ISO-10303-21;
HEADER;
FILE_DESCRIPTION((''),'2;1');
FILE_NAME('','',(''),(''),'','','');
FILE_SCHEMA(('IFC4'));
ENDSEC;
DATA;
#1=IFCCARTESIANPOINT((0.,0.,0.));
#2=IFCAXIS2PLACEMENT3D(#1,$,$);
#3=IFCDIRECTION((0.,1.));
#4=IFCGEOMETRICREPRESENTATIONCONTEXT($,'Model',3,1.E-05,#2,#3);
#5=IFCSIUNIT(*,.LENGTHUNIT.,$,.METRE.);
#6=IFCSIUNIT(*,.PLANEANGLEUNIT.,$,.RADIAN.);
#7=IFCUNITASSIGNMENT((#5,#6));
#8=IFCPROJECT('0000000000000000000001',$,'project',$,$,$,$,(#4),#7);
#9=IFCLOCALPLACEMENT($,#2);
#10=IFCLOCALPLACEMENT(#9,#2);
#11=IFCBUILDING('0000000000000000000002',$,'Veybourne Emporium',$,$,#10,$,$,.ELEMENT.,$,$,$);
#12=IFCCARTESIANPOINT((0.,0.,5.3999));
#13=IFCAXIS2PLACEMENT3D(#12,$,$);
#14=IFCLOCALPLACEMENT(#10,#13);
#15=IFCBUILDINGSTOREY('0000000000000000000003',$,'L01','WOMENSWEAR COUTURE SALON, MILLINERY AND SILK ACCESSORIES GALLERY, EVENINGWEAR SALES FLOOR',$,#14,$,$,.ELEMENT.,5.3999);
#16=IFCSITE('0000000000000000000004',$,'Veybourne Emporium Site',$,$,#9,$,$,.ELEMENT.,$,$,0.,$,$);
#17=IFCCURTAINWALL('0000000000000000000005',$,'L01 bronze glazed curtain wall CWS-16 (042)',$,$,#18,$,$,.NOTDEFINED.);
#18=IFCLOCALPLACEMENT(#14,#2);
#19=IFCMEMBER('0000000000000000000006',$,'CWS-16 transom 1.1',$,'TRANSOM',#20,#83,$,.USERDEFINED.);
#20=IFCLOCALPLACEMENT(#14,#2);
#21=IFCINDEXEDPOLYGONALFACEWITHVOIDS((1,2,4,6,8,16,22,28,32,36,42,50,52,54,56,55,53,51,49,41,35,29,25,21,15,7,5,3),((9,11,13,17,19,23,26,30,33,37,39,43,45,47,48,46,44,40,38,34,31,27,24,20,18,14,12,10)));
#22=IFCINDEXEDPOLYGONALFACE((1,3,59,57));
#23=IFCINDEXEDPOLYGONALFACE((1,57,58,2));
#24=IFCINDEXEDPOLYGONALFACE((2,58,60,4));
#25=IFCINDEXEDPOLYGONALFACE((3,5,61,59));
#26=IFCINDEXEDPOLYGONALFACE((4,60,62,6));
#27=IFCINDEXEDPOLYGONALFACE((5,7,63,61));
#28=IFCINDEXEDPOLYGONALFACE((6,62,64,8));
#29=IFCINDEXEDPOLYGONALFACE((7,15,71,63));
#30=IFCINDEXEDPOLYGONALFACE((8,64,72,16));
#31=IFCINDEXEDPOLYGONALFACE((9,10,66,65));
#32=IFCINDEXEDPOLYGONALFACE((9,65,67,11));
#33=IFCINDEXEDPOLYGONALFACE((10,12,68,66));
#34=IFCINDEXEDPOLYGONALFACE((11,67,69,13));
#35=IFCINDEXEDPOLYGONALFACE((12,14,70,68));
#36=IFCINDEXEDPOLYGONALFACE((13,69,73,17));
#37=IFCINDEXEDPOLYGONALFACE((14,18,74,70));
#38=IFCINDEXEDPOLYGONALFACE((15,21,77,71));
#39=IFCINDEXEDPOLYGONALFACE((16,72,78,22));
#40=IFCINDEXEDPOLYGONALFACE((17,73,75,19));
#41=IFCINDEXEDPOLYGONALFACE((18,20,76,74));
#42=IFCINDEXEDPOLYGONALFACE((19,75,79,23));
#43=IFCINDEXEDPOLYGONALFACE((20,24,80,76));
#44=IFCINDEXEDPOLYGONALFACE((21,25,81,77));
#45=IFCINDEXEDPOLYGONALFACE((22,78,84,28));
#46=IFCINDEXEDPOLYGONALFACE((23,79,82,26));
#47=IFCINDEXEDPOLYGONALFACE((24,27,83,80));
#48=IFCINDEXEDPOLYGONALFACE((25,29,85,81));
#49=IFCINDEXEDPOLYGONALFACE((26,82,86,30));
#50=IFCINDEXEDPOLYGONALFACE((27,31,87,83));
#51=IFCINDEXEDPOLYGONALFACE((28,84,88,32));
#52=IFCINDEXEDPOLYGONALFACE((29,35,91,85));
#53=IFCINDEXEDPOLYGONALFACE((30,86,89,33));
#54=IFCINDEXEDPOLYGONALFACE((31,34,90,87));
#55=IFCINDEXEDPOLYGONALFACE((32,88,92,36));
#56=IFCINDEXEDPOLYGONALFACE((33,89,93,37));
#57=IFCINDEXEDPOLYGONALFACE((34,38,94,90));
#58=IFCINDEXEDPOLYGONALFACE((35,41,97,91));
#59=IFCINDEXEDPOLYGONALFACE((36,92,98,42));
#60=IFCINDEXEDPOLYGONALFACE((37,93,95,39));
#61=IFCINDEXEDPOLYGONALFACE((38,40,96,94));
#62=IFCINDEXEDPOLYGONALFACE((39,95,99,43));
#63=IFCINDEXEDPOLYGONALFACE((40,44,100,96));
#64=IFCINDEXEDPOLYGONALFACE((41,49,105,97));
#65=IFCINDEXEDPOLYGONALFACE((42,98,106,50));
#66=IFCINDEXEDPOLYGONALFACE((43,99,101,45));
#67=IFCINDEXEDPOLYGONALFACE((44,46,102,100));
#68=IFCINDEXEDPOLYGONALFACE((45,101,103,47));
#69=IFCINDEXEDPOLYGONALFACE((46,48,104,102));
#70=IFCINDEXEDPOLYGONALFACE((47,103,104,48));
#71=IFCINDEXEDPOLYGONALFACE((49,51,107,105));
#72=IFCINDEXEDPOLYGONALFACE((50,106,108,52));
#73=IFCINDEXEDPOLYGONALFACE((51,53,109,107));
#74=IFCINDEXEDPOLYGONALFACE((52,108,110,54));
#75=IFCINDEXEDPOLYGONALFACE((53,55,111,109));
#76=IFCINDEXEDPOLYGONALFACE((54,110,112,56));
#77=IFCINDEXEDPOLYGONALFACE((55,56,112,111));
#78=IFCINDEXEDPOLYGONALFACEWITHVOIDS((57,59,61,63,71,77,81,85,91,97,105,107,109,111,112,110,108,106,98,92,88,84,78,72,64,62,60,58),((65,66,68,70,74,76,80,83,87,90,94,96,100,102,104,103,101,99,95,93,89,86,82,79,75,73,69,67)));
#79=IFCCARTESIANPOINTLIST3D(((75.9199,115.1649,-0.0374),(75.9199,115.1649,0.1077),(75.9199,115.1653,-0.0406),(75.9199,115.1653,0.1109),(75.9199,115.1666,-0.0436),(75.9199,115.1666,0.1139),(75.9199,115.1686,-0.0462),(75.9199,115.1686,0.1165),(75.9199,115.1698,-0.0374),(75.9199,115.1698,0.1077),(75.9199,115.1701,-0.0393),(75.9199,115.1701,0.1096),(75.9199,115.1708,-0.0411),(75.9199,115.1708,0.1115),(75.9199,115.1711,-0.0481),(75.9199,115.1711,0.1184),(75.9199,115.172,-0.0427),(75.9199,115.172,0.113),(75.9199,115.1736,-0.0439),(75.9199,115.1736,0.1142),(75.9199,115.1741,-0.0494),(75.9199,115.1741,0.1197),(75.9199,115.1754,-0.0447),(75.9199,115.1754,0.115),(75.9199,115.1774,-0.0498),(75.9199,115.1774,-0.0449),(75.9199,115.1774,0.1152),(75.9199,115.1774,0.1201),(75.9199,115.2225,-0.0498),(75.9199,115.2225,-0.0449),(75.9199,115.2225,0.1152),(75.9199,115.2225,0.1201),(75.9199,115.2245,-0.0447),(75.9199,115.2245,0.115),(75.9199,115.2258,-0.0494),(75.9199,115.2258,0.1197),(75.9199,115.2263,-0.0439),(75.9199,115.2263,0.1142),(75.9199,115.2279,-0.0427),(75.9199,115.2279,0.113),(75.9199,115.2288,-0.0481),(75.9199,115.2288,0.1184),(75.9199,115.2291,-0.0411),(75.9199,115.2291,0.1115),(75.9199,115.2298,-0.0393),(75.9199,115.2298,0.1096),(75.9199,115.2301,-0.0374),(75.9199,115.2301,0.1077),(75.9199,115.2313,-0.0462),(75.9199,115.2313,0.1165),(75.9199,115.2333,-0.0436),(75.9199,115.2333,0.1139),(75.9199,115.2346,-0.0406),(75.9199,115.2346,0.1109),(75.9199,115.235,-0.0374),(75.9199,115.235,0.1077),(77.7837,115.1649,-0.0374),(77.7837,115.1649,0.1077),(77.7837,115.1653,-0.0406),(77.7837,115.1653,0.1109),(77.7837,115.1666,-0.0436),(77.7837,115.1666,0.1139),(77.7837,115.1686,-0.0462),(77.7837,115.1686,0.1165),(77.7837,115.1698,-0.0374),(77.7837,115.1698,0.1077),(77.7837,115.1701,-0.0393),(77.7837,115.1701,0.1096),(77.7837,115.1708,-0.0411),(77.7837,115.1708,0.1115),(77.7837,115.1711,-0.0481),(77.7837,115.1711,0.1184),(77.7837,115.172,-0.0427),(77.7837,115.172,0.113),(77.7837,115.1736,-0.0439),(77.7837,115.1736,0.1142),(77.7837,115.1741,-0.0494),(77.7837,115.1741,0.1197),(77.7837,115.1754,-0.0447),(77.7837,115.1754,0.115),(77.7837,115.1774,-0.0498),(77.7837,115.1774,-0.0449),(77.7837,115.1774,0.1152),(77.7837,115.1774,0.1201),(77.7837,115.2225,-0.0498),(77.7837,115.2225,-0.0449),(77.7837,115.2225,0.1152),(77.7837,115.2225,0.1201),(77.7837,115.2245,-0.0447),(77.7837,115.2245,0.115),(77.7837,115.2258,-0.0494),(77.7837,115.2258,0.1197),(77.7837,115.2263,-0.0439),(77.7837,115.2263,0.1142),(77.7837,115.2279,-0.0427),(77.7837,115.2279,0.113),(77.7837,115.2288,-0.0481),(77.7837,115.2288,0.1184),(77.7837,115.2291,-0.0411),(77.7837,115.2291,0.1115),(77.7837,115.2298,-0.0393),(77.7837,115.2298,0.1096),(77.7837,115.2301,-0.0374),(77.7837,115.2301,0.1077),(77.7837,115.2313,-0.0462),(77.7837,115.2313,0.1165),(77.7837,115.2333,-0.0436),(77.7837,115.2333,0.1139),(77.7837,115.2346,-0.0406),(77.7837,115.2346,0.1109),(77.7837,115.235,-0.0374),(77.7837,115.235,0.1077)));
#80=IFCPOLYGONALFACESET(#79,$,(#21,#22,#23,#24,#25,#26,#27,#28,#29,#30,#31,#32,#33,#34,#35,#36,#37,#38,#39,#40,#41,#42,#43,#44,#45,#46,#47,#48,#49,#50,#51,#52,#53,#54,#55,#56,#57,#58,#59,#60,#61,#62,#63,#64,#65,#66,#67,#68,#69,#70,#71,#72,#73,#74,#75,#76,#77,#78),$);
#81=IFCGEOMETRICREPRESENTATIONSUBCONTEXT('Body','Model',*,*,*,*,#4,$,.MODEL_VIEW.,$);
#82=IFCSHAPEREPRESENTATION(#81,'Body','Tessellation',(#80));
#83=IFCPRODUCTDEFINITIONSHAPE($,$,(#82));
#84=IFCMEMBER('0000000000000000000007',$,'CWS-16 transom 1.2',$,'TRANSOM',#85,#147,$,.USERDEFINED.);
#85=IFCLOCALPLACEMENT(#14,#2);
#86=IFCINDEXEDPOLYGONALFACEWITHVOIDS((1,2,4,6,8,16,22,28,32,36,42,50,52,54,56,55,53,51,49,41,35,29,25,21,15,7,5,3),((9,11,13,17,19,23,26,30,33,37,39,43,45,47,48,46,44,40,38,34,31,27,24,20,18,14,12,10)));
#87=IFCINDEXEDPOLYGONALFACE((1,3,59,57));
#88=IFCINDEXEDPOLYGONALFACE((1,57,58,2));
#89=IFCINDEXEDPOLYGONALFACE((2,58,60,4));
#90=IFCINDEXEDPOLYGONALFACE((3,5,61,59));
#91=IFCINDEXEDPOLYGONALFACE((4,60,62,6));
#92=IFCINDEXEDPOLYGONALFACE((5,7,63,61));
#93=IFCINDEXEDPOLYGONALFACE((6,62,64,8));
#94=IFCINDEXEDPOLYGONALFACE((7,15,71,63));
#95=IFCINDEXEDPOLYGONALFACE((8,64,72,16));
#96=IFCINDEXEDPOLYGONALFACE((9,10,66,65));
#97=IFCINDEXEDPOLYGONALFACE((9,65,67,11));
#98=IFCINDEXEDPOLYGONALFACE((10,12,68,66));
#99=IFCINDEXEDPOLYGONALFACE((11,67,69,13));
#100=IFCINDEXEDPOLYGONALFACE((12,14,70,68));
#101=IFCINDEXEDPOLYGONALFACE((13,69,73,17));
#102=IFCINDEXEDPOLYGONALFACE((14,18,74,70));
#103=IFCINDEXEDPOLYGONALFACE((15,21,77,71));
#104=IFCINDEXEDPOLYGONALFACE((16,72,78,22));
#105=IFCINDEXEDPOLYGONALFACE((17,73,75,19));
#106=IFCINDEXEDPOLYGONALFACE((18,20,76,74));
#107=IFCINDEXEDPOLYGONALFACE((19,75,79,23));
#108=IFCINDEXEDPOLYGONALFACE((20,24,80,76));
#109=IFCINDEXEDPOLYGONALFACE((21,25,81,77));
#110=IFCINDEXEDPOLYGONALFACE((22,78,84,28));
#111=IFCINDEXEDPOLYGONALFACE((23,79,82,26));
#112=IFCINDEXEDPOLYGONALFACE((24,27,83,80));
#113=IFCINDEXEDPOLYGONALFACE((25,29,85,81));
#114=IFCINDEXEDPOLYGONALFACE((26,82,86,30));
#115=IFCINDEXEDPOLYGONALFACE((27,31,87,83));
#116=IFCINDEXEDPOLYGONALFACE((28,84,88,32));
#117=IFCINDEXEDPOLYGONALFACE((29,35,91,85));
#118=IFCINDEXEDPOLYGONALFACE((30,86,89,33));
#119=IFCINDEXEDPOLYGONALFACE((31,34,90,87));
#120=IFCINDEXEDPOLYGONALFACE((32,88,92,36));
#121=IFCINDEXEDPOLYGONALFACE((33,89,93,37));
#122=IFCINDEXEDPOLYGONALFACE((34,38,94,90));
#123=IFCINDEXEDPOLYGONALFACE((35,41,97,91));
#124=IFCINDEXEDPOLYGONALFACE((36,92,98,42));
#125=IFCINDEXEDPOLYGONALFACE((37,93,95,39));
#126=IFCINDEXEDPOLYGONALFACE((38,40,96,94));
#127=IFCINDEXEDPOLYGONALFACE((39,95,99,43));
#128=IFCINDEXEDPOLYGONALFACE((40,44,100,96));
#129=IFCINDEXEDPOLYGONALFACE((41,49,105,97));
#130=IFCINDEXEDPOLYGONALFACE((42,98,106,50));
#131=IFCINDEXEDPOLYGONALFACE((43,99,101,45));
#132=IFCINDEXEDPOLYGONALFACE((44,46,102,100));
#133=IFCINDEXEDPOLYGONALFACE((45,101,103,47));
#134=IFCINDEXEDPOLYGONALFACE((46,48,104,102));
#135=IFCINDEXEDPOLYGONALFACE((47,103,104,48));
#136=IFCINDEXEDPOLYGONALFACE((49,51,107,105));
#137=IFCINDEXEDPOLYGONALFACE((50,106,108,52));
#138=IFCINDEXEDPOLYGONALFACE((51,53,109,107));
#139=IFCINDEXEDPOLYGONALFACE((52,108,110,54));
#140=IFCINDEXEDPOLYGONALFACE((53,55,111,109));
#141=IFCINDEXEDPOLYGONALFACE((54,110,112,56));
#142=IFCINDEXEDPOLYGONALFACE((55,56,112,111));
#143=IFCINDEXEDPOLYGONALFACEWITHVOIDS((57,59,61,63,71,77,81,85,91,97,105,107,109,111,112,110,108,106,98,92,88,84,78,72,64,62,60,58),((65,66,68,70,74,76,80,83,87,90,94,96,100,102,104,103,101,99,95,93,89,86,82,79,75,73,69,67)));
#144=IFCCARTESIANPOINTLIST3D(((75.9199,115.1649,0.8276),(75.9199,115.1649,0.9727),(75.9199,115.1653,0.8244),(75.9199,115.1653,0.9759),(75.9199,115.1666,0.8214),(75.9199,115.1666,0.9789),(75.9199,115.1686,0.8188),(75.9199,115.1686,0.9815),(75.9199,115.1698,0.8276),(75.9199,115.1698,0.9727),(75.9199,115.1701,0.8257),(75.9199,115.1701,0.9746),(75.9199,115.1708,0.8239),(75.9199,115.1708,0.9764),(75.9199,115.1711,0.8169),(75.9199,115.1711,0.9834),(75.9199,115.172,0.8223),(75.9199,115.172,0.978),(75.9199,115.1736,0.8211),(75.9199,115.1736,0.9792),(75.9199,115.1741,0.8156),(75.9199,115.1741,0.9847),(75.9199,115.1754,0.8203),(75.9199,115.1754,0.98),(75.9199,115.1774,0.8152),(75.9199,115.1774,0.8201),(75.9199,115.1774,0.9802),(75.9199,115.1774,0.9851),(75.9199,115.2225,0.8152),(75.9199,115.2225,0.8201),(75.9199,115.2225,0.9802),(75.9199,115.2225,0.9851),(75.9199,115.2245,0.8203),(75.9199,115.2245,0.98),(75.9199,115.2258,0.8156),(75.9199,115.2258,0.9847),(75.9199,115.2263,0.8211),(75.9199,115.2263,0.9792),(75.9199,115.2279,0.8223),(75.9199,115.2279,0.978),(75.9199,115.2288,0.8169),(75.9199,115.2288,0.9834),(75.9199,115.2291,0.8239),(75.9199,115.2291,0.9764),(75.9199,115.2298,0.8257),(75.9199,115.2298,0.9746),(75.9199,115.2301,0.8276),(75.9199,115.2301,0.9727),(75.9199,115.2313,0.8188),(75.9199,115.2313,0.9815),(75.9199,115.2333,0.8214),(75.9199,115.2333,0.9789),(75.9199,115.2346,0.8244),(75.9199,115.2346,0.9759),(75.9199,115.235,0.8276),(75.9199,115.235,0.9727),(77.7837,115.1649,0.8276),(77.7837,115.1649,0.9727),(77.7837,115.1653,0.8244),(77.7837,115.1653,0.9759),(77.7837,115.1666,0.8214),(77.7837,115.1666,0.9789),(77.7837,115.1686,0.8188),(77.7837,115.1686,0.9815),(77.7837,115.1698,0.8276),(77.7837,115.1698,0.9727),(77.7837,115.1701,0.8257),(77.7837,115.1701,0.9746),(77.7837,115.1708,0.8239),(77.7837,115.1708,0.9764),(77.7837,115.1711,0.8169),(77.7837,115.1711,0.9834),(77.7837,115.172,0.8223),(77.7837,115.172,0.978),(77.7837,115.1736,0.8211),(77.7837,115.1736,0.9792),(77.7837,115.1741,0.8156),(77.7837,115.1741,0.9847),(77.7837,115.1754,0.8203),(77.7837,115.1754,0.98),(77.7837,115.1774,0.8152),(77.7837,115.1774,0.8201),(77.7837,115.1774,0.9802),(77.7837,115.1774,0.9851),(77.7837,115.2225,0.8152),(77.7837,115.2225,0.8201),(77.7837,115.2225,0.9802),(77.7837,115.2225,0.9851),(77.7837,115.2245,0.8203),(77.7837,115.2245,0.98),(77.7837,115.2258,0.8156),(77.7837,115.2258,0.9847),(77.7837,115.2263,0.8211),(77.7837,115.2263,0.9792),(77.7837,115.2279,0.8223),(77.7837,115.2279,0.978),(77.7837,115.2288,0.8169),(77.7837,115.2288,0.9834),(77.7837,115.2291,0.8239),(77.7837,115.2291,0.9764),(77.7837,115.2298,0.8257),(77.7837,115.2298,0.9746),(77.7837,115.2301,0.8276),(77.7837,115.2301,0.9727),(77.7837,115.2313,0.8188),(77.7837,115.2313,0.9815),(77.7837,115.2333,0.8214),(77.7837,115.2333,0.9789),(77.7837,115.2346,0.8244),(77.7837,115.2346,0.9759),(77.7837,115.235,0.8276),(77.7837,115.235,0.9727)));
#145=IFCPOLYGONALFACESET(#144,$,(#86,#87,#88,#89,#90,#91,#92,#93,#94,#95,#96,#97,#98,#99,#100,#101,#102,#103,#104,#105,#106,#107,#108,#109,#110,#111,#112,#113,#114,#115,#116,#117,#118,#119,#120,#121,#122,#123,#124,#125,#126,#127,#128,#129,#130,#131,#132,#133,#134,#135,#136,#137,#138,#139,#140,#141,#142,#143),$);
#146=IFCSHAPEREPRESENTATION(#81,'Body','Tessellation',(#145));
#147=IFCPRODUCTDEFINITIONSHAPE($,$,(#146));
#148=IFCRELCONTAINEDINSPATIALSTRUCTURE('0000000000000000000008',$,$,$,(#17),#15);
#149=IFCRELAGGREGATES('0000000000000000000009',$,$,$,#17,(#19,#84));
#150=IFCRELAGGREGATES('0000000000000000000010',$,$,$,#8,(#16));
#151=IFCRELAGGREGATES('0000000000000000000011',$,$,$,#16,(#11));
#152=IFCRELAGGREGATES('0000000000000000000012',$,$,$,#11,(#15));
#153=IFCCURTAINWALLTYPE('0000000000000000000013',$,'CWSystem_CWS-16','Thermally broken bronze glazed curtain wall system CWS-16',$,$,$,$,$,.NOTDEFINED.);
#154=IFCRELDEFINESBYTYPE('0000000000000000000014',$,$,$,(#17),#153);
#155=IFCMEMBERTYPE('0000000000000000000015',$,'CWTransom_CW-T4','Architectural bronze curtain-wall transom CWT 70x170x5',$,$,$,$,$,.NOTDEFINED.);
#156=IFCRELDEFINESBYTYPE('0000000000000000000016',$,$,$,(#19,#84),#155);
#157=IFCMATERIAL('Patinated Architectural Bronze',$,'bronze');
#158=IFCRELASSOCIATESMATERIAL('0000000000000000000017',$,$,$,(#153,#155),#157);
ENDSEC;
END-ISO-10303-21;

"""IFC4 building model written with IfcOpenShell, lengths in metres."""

from ifc_helpers import new_model, si_unit, direction, frame, origin, origin_2d, place, context, subcontext, project, spatial, hollow_rectangle, extrude, material, material_profile, profile_set, type_object, element, aggregate, save


model = new_model("IFC4")

# Units and contexts
model_context = context("Model", 3, precision=1e-05, world=origin(), true_north=direction((0.0, 1.0)))
body_context = subcontext(model_context, "Body", "Model", "MODEL_VIEW")
ifc_project = project(units=[si_unit("LENGTHUNIT", "METRE"), si_unit("PLANEANGLEUNIT", "RADIAN")], contexts=[model_context])

# Site, building, storey
site_placement = place(None, origin())
site = spatial("IfcSite", under=ifc_project, at=site_placement, Name="Veybourne Emporium Site", CompositionType="ELEMENT", RefElevation=0.0)
building_placement = place(site_placement, origin())
building = spatial("IfcBuilding", under=site, at=building_placement, Name="Veybourne Emporium", CompositionType="ELEMENT")
storey_placement = place(building_placement, frame((0.0, 0.0, 5.3999)))
storey = spatial("IfcBuildingStorey", under=building, at=storey_placement, Name="L01", Description="WOMENSWEAR COUTURE SALON, MILLINERY AND SILK ACCESSORIES GALLERY, EVENINGWEAR SALES FLOOR", CompositionType="ELEMENT", Elevation=5.3999)

# Curtain wall, members
ifc_material_1 = material(Name="Patinated Architectural Bronze", Category="bronze")
curtain_wall_type = type_object("IfcCurtainWallType", Name="CWSystem_CWS-16", Description="Thermally broken bronze glazed curtain wall system CWS-16", PredefinedType="NOTDEFINED", material=ifc_material_1)
curtain_wall_placement = place(storey_placement, origin())
curtain_wall = element("IfcCurtainWall", 1, at=curtain_wall_placement, inside=storey, type_object=curtain_wall_type, Name="L01 bronze glazed curtain wall CWS-16 (042)", PredefinedType="NOTDEFINED")
ifc_material_profile_1 = material_profile(ifc_material_1, hollow_rectangle(XDim=0.0701, YDim=0.1699, WallThickness=0.0049, InnerFilletRadius=0.0076, OuterFilletRadius=0.0125, at=origin_2d()), Name="CWT 70x170x5")
ifc_profile_set_1 = profile_set([ifc_material_profile_1], Name="Patinated Architectural Bronze")
member_type_1 = type_object("IfcMemberType", Name="CWTransom_CW-T4", Description="Architectural bronze curtain-wall transom CWT 70x170x5", PredefinedType="NOTDEFINED", material=ifc_profile_set_1)
member_1_placement = place(storey_placement, frame((75.9199, 115.2, 0.0352), z_axis=(1.0, 0.0, 0.0), x_axis=(0.0, 1.0, 0.0)))
member_1 = element("IfcMember", 2, at=member_1_placement, type_object=member_type_1, Name="CWS-16 transom 1.1", ObjectType="TRANSOM", PredefinedType="USERDEFINED", context=body_context, shape_type="SweptSolid", body=[
    extrude(hollow_rectangle(XDim=0.0701, YDim=0.1699, WallThickness=0.0049, InnerFilletRadius=0.0076, OuterFilletRadius=0.0125, at=origin_2d()), origin(), (0.0, 0.0, 1.0), 1.8638),
])
member_2_placement = place(storey_placement, frame((75.9199, 115.2, 0.9001), z_axis=(1.0, 0.0, 0.0), x_axis=(0.0, 1.0, 0.0)))
member_2 = element("IfcMember", 3, at=member_2_placement, type_object=member_type_1, Name="CWS-16 transom 1.2", ObjectType="TRANSOM", PredefinedType="USERDEFINED", context=body_context, shape_type="SweptSolid", body=[
    extrude(hollow_rectangle(XDim=0.0701, YDim=0.1699, WallThickness=0.0049, InnerFilletRadius=0.0076, OuterFilletRadius=0.0125, at=origin_2d()), origin(), (0.0, 0.0, 1.0), 1.8638),
])
aggregate(curtain_wall, [member_1, member_2])

save(model, "model.ifc")
